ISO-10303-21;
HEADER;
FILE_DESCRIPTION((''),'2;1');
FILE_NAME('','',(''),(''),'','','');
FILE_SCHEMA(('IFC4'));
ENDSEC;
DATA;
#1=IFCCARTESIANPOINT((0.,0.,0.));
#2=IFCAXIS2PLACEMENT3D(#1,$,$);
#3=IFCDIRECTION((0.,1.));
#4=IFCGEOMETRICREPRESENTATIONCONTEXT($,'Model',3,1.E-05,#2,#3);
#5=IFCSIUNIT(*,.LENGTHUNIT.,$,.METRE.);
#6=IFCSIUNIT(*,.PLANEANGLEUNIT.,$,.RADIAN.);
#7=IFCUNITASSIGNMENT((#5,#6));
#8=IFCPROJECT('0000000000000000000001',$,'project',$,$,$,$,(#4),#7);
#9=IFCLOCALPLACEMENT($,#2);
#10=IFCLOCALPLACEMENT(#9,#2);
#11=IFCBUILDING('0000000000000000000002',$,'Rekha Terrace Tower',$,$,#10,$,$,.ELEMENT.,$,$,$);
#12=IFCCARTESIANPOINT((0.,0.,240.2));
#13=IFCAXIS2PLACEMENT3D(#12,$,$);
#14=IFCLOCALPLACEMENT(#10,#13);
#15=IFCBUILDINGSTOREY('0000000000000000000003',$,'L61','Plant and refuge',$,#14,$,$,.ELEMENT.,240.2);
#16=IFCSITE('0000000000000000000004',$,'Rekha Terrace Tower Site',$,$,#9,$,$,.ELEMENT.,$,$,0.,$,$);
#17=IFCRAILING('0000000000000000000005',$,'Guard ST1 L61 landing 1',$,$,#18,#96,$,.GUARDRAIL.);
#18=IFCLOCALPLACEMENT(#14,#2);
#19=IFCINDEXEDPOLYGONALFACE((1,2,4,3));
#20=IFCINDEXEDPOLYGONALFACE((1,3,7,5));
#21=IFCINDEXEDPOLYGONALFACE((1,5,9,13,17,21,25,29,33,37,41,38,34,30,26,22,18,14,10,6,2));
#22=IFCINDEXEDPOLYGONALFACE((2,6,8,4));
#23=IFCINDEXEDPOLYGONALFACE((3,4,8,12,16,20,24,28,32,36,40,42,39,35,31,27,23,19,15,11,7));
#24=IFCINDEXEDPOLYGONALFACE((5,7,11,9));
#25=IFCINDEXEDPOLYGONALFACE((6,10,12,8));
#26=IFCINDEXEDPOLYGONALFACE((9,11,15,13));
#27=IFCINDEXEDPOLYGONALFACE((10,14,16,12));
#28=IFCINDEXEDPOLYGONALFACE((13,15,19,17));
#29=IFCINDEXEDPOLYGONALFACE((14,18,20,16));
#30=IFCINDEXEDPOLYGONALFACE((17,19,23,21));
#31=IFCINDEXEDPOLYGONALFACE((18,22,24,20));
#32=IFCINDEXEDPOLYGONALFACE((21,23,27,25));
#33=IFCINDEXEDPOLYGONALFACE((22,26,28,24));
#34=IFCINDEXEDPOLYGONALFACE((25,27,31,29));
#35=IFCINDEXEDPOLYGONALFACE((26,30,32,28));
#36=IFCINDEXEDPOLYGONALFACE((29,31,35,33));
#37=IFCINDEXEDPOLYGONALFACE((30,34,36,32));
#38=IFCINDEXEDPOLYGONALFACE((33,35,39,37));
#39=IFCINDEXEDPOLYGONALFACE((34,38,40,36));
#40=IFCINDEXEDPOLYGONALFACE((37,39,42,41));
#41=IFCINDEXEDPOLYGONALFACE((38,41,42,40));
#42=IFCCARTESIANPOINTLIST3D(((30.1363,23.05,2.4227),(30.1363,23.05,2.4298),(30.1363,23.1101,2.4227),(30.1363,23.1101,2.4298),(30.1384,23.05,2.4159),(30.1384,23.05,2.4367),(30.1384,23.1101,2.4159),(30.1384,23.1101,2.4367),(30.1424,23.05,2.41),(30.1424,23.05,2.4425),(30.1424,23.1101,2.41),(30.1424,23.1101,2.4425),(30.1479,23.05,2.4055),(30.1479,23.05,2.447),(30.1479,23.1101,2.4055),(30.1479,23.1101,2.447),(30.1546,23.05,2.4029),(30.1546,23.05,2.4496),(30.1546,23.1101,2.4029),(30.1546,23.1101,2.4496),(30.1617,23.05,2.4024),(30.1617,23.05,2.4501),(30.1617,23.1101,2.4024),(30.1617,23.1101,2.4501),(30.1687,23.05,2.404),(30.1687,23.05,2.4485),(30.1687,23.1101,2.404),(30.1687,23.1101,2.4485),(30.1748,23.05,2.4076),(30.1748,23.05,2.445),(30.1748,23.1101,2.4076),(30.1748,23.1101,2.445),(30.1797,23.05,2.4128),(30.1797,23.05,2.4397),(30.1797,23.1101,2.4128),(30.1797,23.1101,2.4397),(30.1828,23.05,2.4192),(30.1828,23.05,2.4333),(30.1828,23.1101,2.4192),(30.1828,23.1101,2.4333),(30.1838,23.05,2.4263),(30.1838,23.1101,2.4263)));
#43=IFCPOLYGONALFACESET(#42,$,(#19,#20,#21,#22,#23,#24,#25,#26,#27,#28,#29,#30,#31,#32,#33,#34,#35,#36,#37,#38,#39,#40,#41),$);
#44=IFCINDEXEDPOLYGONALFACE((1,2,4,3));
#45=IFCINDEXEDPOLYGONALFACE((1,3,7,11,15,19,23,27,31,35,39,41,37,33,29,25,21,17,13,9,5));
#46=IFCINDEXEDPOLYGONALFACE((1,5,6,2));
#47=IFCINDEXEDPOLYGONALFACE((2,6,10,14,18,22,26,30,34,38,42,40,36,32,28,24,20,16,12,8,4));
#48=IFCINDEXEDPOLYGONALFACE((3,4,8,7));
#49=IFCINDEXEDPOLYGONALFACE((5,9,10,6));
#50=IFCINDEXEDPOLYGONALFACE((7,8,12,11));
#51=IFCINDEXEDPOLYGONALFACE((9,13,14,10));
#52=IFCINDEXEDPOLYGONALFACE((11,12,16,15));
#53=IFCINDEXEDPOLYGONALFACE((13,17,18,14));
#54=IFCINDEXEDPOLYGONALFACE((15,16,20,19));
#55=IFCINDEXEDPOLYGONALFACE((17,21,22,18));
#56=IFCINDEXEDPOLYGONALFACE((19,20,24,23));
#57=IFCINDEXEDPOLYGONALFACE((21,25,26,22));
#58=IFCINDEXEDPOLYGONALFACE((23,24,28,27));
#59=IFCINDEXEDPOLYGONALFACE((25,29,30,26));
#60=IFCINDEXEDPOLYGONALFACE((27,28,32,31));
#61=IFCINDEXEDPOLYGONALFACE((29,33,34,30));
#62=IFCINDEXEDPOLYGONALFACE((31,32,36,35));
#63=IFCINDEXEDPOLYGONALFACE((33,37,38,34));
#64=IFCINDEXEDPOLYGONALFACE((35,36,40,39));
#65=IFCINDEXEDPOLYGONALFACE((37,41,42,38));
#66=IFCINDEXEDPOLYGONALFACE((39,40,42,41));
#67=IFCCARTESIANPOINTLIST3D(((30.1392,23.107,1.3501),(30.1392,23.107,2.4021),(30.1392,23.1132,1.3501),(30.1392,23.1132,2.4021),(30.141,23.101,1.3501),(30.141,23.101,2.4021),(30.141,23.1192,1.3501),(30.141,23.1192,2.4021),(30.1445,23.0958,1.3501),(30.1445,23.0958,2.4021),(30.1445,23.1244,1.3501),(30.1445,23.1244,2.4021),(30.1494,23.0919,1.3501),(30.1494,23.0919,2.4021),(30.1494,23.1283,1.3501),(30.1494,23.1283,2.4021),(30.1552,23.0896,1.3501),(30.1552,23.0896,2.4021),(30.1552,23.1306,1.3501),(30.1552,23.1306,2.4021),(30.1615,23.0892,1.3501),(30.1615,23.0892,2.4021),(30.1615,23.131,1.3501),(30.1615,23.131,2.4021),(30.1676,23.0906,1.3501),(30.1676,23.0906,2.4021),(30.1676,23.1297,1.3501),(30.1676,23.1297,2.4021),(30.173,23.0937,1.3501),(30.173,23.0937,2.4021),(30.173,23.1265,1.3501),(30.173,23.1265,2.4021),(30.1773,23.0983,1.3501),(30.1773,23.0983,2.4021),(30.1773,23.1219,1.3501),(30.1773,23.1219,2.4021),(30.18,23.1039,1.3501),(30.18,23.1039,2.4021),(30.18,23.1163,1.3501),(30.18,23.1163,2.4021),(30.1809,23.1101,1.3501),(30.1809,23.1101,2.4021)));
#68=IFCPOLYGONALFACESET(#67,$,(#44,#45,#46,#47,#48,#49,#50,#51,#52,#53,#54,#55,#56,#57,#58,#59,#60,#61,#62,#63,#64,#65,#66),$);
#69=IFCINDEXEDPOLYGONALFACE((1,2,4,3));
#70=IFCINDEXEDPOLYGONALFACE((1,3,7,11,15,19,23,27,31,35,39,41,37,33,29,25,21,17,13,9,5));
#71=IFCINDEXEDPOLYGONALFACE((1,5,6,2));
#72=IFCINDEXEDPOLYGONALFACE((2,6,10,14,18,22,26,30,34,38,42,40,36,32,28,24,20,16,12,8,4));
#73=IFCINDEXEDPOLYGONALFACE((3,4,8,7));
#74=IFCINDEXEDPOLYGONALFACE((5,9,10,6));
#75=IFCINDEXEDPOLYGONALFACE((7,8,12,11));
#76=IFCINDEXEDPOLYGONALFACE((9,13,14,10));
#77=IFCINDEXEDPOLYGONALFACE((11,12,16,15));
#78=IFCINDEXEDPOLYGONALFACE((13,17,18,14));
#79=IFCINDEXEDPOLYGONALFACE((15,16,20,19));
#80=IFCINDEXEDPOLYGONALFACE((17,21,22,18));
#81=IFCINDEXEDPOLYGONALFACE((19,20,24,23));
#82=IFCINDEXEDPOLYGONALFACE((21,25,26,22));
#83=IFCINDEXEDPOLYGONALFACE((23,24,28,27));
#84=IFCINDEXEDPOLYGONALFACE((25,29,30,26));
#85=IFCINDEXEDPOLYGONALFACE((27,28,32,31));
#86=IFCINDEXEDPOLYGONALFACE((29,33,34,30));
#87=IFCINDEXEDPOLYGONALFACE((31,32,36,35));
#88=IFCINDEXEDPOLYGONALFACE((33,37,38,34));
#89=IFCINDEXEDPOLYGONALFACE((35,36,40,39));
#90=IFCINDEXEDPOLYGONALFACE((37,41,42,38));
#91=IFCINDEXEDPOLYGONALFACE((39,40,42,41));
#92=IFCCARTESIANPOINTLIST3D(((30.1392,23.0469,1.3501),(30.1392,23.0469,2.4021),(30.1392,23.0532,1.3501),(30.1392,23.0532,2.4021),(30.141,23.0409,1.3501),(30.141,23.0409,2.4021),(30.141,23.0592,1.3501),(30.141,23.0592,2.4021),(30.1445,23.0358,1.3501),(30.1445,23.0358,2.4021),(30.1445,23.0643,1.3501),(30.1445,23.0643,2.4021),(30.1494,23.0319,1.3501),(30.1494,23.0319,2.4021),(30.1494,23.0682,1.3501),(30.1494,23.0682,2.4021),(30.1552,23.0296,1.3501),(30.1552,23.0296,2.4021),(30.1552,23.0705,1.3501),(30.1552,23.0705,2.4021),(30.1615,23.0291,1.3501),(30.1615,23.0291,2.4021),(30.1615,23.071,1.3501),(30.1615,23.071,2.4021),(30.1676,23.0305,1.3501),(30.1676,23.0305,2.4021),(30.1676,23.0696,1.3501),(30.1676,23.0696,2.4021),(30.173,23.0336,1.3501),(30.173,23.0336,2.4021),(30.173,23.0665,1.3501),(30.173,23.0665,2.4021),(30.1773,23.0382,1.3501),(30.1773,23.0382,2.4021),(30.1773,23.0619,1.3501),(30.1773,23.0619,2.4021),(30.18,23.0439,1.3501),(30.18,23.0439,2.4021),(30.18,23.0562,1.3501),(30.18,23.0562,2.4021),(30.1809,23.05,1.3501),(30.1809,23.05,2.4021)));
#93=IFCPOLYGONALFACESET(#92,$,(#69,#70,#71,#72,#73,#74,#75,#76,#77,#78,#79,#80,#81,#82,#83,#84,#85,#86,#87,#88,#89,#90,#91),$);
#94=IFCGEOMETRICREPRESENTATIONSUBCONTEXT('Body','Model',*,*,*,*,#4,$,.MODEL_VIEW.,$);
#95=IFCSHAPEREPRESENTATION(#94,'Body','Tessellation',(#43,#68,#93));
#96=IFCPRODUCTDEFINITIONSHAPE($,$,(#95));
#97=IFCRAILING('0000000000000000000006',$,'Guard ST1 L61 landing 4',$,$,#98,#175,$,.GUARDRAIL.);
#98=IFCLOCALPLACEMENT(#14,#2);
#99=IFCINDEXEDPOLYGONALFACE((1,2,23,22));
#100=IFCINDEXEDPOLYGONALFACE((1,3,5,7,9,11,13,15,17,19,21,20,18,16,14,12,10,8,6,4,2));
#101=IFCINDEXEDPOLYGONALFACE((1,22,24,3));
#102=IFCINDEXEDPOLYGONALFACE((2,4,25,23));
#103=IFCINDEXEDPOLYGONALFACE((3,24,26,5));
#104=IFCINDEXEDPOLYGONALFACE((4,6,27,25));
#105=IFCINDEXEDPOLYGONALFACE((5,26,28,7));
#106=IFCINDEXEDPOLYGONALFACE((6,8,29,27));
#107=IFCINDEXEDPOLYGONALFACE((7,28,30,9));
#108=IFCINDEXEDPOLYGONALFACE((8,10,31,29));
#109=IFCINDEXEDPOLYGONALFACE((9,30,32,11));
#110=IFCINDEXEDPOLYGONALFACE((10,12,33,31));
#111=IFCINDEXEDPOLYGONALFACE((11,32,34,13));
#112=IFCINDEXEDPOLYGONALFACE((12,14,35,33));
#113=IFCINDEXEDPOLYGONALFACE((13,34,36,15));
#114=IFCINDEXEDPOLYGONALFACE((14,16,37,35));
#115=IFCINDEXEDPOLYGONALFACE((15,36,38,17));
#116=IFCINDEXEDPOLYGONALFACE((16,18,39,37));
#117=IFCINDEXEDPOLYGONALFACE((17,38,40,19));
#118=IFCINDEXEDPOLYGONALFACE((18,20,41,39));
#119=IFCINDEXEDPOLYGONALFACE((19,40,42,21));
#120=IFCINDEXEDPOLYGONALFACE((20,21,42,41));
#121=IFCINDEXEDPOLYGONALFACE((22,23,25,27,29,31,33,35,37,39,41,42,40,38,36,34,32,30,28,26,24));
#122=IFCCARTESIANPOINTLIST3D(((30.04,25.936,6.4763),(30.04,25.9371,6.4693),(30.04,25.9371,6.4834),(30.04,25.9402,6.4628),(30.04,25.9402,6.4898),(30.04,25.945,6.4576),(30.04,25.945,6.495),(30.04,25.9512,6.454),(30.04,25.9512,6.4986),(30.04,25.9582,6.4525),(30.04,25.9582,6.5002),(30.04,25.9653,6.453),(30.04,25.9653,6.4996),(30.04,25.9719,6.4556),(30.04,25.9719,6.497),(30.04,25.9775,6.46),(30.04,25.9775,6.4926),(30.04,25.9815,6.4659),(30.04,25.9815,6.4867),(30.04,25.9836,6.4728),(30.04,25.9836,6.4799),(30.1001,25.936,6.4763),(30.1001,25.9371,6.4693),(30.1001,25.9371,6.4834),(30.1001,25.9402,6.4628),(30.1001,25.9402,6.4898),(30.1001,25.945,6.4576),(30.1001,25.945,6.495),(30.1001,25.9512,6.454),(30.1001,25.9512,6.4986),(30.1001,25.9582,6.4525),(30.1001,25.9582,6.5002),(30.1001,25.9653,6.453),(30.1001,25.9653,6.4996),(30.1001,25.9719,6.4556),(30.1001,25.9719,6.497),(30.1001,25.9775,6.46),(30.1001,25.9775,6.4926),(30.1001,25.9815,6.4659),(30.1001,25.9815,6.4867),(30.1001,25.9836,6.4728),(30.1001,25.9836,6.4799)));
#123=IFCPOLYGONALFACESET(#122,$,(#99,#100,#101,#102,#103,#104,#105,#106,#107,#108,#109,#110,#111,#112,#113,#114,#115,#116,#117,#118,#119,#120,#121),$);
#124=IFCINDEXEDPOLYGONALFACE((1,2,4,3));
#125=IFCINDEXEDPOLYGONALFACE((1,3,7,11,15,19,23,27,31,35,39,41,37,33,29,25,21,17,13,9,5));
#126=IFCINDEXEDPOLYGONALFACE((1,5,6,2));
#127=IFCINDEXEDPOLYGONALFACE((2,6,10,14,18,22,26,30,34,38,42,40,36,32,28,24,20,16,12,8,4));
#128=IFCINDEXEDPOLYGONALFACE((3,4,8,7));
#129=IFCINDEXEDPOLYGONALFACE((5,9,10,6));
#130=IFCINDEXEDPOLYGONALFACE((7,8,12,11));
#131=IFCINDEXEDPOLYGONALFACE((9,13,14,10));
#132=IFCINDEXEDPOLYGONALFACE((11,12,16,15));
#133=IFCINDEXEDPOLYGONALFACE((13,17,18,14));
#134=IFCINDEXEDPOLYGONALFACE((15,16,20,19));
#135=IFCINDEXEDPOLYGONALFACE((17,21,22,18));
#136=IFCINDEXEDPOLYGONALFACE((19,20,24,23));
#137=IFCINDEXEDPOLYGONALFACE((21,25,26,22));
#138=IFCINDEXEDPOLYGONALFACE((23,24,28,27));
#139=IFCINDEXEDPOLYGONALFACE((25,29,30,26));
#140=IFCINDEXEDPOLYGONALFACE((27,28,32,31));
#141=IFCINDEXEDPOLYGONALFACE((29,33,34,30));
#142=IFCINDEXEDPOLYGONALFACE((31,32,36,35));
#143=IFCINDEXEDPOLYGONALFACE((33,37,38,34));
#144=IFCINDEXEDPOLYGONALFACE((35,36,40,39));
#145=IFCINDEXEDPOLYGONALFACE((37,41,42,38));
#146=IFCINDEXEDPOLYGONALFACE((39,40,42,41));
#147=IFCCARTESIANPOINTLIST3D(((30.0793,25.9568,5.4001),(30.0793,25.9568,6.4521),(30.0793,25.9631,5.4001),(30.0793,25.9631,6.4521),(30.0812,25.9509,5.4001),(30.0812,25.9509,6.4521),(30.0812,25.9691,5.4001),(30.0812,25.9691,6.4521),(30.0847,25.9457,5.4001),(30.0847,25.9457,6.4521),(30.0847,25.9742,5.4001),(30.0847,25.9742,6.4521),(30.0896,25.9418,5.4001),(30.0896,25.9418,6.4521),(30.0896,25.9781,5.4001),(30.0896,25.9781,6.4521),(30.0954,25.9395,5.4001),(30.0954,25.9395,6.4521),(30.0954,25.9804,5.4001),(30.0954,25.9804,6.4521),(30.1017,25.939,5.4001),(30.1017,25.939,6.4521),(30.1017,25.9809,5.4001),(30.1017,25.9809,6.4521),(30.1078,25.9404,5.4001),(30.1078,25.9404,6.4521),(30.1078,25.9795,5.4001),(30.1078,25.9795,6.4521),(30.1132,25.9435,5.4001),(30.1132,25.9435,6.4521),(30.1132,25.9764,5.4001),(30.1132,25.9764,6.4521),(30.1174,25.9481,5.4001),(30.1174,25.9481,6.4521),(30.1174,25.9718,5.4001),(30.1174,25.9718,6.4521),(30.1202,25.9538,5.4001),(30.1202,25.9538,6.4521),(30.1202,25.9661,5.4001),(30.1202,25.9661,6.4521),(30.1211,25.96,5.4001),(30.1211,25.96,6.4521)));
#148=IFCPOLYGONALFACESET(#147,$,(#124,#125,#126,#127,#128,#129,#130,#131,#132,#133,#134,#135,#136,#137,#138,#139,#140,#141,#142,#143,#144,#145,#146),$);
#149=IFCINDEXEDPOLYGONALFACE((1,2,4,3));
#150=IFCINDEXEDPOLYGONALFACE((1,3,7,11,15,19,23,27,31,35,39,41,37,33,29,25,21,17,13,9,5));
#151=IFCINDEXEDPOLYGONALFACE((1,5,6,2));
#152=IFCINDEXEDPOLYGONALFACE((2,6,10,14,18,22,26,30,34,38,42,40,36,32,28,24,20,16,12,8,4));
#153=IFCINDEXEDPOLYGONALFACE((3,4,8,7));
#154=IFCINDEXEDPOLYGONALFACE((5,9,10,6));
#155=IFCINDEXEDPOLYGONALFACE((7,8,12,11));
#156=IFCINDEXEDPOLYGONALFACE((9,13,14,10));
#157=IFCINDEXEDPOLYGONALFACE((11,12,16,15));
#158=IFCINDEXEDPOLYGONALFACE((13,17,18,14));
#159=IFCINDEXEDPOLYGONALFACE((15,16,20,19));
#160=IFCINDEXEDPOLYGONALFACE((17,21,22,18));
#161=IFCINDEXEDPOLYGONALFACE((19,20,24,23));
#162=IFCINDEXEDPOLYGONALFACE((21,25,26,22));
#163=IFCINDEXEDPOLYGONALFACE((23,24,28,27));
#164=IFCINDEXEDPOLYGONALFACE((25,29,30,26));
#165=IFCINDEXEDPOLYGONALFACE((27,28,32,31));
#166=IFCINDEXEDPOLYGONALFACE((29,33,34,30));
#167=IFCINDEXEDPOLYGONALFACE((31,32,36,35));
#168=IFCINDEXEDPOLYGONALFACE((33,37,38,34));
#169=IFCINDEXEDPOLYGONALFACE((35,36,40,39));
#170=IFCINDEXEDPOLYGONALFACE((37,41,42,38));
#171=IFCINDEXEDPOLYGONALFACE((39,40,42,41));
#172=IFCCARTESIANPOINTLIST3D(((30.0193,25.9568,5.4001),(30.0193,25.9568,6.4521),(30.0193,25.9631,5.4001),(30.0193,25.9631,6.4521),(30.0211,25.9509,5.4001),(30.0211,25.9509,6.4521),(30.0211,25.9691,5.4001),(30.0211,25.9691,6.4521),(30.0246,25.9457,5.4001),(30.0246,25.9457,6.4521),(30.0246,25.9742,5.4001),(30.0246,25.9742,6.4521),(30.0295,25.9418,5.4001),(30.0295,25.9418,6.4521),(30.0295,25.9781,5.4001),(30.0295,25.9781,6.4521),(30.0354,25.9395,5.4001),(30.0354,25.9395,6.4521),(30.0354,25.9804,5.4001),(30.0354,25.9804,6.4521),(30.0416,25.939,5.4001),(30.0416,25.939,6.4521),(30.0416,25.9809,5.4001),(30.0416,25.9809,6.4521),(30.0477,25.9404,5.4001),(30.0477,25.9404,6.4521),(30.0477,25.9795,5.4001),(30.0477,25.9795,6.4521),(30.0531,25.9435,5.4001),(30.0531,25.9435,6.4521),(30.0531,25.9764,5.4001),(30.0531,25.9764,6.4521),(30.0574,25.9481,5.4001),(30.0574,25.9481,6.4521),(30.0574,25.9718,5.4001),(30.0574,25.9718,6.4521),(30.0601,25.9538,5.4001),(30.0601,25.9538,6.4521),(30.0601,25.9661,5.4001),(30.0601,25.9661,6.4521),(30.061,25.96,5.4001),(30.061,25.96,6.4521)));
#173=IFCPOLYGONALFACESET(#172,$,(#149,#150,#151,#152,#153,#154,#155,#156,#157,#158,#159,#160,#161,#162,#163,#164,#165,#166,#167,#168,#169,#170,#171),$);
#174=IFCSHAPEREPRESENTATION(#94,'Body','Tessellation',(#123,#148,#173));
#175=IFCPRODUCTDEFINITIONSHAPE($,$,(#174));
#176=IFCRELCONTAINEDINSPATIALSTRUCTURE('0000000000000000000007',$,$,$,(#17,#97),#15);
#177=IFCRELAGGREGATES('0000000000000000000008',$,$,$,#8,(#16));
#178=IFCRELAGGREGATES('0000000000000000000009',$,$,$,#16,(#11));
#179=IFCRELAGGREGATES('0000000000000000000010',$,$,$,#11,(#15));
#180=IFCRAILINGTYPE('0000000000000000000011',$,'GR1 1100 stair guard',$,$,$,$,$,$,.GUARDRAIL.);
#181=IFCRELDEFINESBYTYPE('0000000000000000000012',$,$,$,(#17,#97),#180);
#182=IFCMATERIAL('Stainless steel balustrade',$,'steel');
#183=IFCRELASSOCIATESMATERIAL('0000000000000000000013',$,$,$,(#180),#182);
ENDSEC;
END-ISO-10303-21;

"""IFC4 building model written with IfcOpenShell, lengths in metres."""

from ifc_helpers import new_model, si_unit, direction, frame, origin, origin_2d, place, context, subcontext, project, spatial, circle, extrude, material, type_object, element, save


model = new_model("IFC4")

# Units and contexts
model_context = context("Model", 3, precision=1e-05, world=origin(), true_north=direction((0.0, 1.0)))
body_context = subcontext(model_context, "Body", "Model", "MODEL_VIEW")
ifc_project = project(units=[si_unit("LENGTHUNIT", "METRE"), si_unit("PLANEANGLEUNIT", "RADIAN")], contexts=[model_context])

# Site, building, storey
site_placement = place(None, origin())
site = spatial("IfcSite", under=ifc_project, at=site_placement, Name="Rekha Terrace Tower Site", CompositionType="ELEMENT", RefElevation=0.0)
building_placement = place(site_placement, origin())
building = spatial("IfcBuilding", under=site, at=building_placement, Name="Rekha Terrace Tower", CompositionType="ELEMENT")
storey_placement = place(building_placement, frame((0.0, 0.0, 240.2)))
storey = spatial("IfcBuildingStorey", under=building, at=storey_placement, Name="L61", Description="Plant and refuge", CompositionType="ELEMENT", Elevation=240.2)

# Railings
ifc_material_1 = material(Name="Stainless steel balustrade", Category="steel")
railing_type_1 = type_object("IfcRailingType", Name="GR1 1100 stair guard", PredefinedType="GUARDRAIL", material=ifc_material_1)
railing_1_placement = place(storey_placement, frame((30.1599, 23.1101, 1.3501)))
element("IfcRailing", 1, at=railing_1_placement, inside=storey, type_object=railing_type_1, Name="Guard ST1 L61 landing 1", PredefinedType="GUARDRAIL", context=body_context, shape_type="SweptSolid", body=[
    extrude(circle(Radius=0.0239, at=origin_2d()), frame((0.0, 0.0, 1.0762), z_axis=(0.0, -1.0, 0.0), x_axis=(1.0, 0.0, 0.0)), (0.0, 0.0, 1.0), 0.0601),
    extrude(circle(Radius=0.021, at=origin_2d()), origin(), (0.0, 0.0, 1.0), 1.052),
    extrude(circle(Radius=0.021, at=origin_2d()), frame((0.0, -0.0601, 0.0)), (0.0, 0.0, 1.0), 1.052),
])
railing_2_placement = place(storey_placement, frame((30.1001, 25.96, 5.4001)))
element("IfcRailing", 2, at=railing_2_placement, inside=storey, type_object=railing_type_1, Name="Guard ST1 L61 landing 4", PredefinedType="GUARDRAIL", context=body_context, shape_type="SweptSolid", body=[
    extrude(circle(Radius=0.0239, at=origin_2d()), frame((0.0, 0.0, 1.0762), z_axis=(-1.0, 0.0, 0.0), x_axis=(0.0, -1.0, 0.0)), (0.0, 0.0, 1.0), 0.0601),
    extrude(circle(Radius=0.021, at=origin_2d()), origin(), (0.0, 0.0, 1.0), 1.052),
    extrude(circle(Radius=0.021, at=origin_2d()), frame((-0.0601, 0.0, 0.0)), (0.0, 0.0, 1.0), 1.052),
])

save(model, "model.ifc")
